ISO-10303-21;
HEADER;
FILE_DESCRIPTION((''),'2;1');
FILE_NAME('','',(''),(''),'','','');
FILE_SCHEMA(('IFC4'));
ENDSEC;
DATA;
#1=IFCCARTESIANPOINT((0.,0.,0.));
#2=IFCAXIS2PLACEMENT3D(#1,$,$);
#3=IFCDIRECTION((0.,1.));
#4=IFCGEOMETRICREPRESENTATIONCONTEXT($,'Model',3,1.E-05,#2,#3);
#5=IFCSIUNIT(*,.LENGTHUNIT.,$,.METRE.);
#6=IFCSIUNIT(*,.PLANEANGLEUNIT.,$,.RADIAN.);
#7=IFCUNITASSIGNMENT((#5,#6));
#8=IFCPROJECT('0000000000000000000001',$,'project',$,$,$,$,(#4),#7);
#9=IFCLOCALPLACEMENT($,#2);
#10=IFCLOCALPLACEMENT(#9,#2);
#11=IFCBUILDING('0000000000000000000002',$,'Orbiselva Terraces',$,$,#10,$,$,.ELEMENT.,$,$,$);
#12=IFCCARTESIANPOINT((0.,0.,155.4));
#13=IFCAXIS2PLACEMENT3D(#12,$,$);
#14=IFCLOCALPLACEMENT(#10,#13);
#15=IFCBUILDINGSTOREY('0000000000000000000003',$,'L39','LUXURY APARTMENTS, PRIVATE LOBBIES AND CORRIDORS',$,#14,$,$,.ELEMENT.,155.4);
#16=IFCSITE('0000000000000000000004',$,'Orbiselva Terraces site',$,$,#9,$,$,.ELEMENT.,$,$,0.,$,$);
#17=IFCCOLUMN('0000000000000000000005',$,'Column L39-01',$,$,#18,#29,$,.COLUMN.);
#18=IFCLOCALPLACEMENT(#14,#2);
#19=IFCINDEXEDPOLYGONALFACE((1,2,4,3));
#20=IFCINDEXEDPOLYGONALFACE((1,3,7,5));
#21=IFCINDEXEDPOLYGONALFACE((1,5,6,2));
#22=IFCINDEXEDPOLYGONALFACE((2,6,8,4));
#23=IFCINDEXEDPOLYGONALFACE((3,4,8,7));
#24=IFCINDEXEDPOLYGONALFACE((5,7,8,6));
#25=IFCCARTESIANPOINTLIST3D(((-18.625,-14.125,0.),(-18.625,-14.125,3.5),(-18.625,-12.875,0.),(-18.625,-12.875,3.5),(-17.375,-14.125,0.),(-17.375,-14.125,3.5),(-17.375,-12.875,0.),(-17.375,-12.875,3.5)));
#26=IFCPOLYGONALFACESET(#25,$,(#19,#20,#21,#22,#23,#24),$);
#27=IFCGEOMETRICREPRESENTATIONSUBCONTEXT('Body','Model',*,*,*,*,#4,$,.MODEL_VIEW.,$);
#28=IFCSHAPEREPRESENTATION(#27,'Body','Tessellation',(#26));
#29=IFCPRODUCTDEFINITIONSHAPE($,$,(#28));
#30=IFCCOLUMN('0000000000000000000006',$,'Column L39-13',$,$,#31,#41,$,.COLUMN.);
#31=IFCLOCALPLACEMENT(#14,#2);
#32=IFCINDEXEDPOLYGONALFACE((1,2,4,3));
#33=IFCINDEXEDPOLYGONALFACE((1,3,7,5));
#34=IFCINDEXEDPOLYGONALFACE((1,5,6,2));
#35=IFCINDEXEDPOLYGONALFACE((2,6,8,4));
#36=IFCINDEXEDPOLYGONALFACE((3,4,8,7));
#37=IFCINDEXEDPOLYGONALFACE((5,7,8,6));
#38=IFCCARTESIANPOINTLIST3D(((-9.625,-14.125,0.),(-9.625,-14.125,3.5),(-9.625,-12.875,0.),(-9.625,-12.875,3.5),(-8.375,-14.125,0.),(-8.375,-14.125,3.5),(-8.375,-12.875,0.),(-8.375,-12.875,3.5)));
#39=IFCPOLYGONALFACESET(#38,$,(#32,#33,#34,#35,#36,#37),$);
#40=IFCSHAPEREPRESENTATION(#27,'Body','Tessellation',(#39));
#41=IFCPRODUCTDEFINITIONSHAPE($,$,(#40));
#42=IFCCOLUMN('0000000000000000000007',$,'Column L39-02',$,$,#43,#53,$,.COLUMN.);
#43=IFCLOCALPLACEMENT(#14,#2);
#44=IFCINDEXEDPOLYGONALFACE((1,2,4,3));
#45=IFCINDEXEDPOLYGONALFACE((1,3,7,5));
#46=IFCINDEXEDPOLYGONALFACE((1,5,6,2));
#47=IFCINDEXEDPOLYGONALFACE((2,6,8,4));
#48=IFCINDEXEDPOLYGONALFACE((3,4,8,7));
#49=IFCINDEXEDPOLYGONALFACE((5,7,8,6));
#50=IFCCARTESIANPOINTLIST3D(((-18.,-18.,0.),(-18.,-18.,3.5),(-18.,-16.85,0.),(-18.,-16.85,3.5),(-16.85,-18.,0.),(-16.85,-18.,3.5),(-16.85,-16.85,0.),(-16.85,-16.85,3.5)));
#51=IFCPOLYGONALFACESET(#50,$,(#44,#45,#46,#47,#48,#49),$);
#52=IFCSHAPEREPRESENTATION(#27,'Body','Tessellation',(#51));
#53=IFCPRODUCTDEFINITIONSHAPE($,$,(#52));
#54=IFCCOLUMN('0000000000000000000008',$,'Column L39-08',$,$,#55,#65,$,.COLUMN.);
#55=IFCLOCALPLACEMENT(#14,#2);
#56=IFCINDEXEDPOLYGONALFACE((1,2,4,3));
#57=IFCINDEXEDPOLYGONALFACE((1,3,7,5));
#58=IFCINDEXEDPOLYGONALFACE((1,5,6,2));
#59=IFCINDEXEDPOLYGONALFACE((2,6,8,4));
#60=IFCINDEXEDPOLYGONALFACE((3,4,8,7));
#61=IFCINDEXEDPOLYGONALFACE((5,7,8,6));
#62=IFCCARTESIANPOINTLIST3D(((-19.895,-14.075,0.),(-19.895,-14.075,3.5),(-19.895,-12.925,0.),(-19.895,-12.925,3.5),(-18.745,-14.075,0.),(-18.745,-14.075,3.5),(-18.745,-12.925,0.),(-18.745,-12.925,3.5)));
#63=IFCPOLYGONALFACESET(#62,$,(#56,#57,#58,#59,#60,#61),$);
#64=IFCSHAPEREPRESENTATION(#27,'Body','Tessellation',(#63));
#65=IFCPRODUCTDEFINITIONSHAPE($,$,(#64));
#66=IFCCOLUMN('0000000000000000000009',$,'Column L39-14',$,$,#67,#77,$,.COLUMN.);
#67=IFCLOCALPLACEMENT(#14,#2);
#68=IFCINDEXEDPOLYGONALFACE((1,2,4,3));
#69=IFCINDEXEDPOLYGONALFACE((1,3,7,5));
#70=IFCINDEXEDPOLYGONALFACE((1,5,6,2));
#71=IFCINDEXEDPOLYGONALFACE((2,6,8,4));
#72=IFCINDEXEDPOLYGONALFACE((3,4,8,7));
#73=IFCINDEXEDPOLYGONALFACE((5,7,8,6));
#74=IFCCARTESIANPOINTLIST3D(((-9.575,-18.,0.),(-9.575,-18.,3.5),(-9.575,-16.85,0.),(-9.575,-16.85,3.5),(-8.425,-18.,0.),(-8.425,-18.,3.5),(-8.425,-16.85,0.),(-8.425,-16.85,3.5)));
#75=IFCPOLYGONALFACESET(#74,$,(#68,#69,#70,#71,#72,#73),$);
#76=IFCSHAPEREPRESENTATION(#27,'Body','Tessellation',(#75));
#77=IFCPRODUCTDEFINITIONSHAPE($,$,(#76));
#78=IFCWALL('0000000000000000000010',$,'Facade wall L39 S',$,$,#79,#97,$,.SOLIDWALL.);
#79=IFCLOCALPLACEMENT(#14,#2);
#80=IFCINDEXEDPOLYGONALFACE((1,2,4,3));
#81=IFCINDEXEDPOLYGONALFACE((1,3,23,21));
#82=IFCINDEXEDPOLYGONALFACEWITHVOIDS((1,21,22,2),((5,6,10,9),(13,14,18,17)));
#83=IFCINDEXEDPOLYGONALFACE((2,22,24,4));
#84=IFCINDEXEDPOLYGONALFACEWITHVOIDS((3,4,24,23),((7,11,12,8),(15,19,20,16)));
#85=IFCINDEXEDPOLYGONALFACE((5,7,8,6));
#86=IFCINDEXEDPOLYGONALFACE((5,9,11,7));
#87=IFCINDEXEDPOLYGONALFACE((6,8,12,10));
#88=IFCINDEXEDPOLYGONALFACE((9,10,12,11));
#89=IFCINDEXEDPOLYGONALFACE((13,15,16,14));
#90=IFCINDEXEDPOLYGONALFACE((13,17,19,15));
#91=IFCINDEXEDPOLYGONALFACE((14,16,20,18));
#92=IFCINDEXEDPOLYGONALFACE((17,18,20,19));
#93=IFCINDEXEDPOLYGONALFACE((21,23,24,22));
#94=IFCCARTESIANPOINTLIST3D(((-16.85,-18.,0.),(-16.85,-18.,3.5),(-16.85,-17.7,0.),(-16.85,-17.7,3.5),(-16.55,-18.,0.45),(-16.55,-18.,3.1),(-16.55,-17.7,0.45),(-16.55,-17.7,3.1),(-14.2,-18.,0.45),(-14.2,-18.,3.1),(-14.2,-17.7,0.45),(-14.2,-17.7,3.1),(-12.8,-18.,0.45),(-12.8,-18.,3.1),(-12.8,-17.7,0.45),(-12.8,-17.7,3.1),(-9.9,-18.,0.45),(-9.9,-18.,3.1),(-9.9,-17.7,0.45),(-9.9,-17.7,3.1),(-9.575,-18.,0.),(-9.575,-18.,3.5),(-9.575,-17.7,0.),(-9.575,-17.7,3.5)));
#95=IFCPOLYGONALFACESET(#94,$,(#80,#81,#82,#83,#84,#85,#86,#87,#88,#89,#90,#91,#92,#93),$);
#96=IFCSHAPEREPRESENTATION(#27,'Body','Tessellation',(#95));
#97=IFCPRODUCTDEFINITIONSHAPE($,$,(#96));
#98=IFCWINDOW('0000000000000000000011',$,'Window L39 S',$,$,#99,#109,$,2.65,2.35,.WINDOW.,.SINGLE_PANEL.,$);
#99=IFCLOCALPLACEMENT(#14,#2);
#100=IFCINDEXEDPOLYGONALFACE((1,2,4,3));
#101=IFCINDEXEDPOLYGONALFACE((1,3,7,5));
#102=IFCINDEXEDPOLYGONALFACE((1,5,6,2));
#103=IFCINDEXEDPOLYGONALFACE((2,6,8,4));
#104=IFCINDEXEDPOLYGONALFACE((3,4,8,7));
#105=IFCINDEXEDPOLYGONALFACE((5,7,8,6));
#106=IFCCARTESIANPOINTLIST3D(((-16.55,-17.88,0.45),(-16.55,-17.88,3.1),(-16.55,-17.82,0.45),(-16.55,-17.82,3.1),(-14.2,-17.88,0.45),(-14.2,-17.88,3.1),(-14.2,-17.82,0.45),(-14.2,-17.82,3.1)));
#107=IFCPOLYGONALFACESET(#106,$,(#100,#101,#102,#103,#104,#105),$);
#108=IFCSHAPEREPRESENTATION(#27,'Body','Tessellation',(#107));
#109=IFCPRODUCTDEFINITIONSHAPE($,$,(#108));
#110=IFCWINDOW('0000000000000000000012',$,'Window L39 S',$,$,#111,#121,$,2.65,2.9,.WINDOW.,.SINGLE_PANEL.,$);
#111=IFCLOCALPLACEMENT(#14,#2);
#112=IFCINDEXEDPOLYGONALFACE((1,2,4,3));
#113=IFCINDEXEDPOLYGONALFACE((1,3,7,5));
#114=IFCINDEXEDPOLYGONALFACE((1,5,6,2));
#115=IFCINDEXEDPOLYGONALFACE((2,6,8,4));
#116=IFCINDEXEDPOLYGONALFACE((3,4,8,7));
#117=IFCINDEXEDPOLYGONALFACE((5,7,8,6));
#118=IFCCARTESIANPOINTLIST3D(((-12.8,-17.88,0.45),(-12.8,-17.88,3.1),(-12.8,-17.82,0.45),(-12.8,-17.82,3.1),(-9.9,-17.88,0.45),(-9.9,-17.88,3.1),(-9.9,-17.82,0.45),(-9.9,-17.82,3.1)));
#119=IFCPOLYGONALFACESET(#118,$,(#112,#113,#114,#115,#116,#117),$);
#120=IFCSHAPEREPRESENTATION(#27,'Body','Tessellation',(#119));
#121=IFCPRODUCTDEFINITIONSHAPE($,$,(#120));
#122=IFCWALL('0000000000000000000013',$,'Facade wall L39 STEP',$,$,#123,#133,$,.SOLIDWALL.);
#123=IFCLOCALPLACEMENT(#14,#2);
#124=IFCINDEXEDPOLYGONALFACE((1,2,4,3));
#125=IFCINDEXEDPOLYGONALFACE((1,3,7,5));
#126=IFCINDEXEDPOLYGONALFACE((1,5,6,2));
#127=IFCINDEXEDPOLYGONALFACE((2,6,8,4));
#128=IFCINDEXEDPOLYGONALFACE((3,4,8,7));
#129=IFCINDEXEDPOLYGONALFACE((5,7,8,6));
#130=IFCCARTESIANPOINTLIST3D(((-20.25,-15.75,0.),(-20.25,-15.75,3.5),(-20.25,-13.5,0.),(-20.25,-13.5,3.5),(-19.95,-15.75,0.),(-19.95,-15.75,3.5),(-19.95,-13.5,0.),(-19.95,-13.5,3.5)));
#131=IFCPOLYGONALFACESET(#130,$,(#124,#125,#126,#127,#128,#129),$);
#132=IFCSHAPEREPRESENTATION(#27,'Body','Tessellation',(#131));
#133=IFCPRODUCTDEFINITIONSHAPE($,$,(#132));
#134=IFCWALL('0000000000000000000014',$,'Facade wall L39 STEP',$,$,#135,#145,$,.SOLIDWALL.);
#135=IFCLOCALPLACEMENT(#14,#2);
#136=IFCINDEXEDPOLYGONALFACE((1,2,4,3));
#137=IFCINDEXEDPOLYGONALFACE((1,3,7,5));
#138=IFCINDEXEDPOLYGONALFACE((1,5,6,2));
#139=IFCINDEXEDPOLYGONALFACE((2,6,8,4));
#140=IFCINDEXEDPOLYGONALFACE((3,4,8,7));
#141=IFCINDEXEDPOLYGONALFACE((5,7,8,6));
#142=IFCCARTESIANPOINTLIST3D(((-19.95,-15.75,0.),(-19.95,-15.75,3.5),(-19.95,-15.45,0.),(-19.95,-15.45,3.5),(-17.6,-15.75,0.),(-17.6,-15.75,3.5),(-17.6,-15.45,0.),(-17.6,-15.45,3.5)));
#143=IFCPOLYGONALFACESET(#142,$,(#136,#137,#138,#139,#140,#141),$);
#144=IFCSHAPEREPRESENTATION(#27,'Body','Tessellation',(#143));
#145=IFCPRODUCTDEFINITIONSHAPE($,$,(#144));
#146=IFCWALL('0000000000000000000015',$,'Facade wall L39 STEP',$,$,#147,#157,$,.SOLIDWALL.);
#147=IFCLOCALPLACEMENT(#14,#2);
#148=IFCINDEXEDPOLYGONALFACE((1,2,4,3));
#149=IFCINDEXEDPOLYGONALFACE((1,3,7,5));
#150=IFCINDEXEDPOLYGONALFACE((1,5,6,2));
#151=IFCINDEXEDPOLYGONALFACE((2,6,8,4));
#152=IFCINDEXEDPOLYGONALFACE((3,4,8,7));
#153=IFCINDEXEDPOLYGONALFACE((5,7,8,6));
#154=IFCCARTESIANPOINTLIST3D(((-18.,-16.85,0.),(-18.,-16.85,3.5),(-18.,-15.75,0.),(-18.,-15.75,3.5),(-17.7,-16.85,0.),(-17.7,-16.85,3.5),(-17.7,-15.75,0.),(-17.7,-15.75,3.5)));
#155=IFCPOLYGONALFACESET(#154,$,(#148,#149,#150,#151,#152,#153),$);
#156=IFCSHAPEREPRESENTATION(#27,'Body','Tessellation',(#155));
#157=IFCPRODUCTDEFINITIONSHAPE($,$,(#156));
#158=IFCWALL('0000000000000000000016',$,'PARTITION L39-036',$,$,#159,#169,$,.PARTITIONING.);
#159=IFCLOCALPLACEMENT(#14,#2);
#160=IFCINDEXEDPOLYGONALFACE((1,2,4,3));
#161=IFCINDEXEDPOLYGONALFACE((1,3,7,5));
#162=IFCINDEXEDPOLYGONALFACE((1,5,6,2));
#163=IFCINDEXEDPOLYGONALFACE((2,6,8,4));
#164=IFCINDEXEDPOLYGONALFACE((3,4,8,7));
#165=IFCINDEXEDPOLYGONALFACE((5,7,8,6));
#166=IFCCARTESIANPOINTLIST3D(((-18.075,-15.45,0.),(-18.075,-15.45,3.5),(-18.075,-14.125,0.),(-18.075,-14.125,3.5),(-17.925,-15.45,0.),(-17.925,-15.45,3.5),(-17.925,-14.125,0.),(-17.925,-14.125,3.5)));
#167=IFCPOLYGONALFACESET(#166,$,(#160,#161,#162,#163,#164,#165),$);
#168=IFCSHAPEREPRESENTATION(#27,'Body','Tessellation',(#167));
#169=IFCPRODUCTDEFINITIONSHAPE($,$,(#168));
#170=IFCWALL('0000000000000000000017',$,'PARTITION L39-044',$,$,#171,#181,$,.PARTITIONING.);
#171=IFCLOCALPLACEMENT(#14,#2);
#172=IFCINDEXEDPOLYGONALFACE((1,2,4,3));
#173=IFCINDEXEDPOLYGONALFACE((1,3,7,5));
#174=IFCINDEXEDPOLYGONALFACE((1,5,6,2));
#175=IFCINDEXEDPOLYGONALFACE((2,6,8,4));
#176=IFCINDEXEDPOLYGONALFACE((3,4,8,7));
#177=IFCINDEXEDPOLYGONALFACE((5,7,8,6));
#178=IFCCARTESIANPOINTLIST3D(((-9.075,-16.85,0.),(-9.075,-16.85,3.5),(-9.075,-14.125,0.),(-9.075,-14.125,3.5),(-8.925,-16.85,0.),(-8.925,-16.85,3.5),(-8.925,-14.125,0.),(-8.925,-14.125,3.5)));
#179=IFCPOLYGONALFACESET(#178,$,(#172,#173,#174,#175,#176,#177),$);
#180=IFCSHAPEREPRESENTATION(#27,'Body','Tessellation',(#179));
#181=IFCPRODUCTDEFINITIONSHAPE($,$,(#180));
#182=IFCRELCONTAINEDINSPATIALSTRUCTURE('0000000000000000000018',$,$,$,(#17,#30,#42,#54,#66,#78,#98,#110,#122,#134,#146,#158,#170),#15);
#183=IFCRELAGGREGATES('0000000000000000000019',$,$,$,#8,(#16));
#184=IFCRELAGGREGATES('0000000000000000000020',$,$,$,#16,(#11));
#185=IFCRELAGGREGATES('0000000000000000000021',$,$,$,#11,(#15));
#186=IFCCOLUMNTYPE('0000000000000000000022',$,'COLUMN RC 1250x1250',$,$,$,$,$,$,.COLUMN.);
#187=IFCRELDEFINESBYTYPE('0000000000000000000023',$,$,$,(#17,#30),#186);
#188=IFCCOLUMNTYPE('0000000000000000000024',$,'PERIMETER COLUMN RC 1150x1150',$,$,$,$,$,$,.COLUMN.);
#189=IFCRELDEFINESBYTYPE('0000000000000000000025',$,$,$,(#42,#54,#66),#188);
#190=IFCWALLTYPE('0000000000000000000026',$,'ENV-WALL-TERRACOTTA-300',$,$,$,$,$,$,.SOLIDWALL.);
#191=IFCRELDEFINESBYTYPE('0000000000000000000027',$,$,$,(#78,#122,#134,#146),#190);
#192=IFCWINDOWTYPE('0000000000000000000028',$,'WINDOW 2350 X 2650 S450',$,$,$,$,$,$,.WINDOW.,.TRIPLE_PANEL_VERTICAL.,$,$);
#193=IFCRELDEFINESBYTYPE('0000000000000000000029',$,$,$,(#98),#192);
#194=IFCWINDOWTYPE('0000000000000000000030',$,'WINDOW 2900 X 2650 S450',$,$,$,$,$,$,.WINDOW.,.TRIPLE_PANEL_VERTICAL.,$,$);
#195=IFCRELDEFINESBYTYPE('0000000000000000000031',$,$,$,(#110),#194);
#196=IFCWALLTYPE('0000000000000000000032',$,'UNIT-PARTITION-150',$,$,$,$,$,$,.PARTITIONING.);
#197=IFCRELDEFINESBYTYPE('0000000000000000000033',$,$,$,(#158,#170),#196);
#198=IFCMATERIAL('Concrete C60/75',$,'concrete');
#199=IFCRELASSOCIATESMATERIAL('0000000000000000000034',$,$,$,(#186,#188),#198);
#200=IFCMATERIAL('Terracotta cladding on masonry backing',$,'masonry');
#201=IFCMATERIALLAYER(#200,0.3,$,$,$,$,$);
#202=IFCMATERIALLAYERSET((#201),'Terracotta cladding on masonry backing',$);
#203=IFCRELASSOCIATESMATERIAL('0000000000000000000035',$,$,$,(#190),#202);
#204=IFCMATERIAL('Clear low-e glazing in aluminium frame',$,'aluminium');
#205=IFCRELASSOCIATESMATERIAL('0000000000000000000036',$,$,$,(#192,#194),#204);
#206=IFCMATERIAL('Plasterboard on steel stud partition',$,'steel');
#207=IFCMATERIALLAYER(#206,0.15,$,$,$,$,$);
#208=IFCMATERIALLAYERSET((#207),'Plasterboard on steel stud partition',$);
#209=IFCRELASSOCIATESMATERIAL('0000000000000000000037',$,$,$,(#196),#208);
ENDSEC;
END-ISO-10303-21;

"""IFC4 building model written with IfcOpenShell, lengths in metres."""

from ifc_helpers import new_model, si_unit, direction, frame, frame_2d, origin, origin_2d, place, context, subcontext, project, spatial, rectangle, extrude, material, layer, layer_set, material_profile, profile_set, type_object, element, fill, save


model = new_model("IFC4")

# Units and contexts
model_context = context("Model", 3, precision=1e-05, world=origin(), true_north=direction((0.0, 1.0)))
body_context = subcontext(model_context, "Body", "Model", "MODEL_VIEW")
ifc_project = project(units=[si_unit("LENGTHUNIT", "METRE"), si_unit("PLANEANGLEUNIT", "RADIAN")], contexts=[model_context])

# Site, building, storey
site_placement = place(None, origin())
site = spatial("IfcSite", under=ifc_project, at=site_placement, Name="Orbiselva Terraces site", CompositionType="ELEMENT", RefElevation=0.0)
building_placement = place(site_placement, origin())
building = spatial("IfcBuilding", under=site, at=building_placement, Name="Orbiselva Terraces", CompositionType="ELEMENT")
storey_placement = place(building_placement, frame((0.0, 0.0, 155.4)))
storey = spatial("IfcBuildingStorey", under=building, at=storey_placement, Name="L39", Description="LUXURY APARTMENTS, PRIVATE LOBBIES AND CORRIDORS", CompositionType="ELEMENT", Elevation=155.4)

# Columns
ifc_material_1 = material(Name="Concrete C60/75", Category="concrete")
ifc_material_profile_1 = material_profile(ifc_material_1, rectangle(XDim=1.25, YDim=1.25, at=origin_2d()), Name="RC 1250x1250")
ifc_profile_set_1 = profile_set([ifc_material_profile_1], Name="Concrete C60/75")
column_type_1 = type_object("IfcColumnType", Name="COLUMN RC 1250x1250", PredefinedType="COLUMN", material=ifc_profile_set_1)
for number, where, z_axis, x_axis, name in (
    (1, (-18.0, -13.5, 0.0), (0.0, 0.0, 1.0), (1.0, 0.0, 0.0), "Column L39-01"),
    (2, (-9.0, -13.5, 0.0), (0.0, 0.0, 1.0), (1.0, 0.0, 0.0), "Column L39-13"),
):
    element("IfcColumn", number, at=place(storey_placement, frame(where, z_axis=z_axis, x_axis=x_axis)), inside=storey, type_object=column_type_1, Name=name, PredefinedType="COLUMN", context=body_context, shape_type="SweptSolid", body=[
        extrude(rectangle(XDim=1.25, YDim=1.25, at=origin_2d()), origin(), (0.0, 0.0, 1.0), 3.5),
    ])
ifc_material_profile_2 = material_profile(ifc_material_1, rectangle(XDim=1.15, YDim=1.15, at=origin_2d()), Name="RC 1150x1150")
ifc_profile_set_2 = profile_set([ifc_material_profile_2], Name="Concrete C60/75")
column_type_2 = type_object("IfcColumnType", Name="PERIMETER COLUMN RC 1150x1150", PredefinedType="COLUMN", material=ifc_profile_set_2)
for number, where, z_axis, x_axis, name in (
    (3, (-17.425, -17.425, 0.0), (0.0, 0.0, 1.0), (1.0, 0.0, 0.0), "Column L39-02"),
    (4, (-19.32, -13.5, 0.0), (0.0, 0.0, 1.0), (1.0, 0.0, 0.0), "Column L39-08"),
    (5, (-9.0, -17.425, 0.0), (0.0, 0.0, 1.0), (1.0, 0.0, 0.0), "Column L39-14"),
):
    element("IfcColumn", number, at=place(storey_placement, frame(where, z_axis=z_axis, x_axis=x_axis)), inside=storey, type_object=column_type_2, Name=name, PredefinedType="COLUMN", context=body_context, shape_type="SweptSolid", body=[
        extrude(rectangle(XDim=1.15, YDim=1.15, at=origin_2d()), origin(), (0.0, 0.0, 1.0), 3.5),
    ])

# Wall, openings, windows
ifc_material_2 = material(Name="Terracotta cladding on masonry backing", Category="masonry")
ifc_layer_1 = layer(ifc_material_2, 0.3)
ifc_layer_set_1 = layer_set([ifc_layer_1], Name="Terracotta cladding on masonry backing")
wall_type_1 = type_object("IfcWallType", Name="ENV-WALL-TERRACOTTA-300", PredefinedType="SOLIDWALL", material=ifc_layer_set_1)
wall_1_placement = place(storey_placement, frame((-9.575, -17.85, 0.0), z_axis=(0.0, 0.0, 1.0), x_axis=(-1.0, 0.0, 0.0)))
wall_1 = element("IfcWall", 6, at=wall_1_placement, inside=storey, type_object=wall_type_1, Name="Facade wall L39 S", PredefinedType="SOLIDWALL", context=body_context, shape_type="SweptSolid", body=[
    extrude(rectangle(XDim=7.275, YDim=0.3, at=frame_2d((3.6375, 0.0))), origin(), (0.0, 0.0, 1.0), 3.5),
])
opening_1_placement = place(wall_1_placement, frame((4.625, 0.0, 0.45)))
opening_1 = element("IfcOpeningElement", 7, at=opening_1_placement, cuts=wall_1, PredefinedType="OPENING", context=body_context, shape_type="SweptSolid", body=[
    extrude(rectangle(XDim=2.35, YDim=2.65, at=frame_2d((1.175, 1.325))), frame((0.0, 0.16, 0.0), z_axis=(0.0, -1.0, 0.0), x_axis=(1.0, 0.0, 0.0)), (0.0, 0.0, 1.0), 0.32),
])
opening_2_placement = place(wall_1_placement, frame((0.325, 0.0, 0.45)))
opening_2 = element("IfcOpeningElement", 8, at=opening_2_placement, cuts=wall_1, PredefinedType="OPENING", context=body_context, shape_type="SweptSolid", body=[
    extrude(rectangle(XDim=2.9, YDim=2.65, at=frame_2d((1.45, 1.325))), frame((0.0, 0.16, 0.0), z_axis=(0.0, -1.0, 0.0), x_axis=(1.0, 0.0, 0.0)), (0.0, 0.0, 1.0), 0.32),
])
ifc_material_3 = material(Name="Clear low-e glazing in aluminium frame", Category="aluminium")
window_type_1 = type_object("IfcWindowType", Name="WINDOW 2350 X 2650 S450", PartitioningType="TRIPLE_PANEL_VERTICAL", PredefinedType="WINDOW", material=ifc_material_3)
window_1_placement = place(opening_1_placement, origin())
window_1 = element("IfcWindow", 9, at=window_1_placement, inside=storey, type_object=window_type_1, Name="Window L39 S", OverallHeight=2.65, OverallWidth=2.35, PartitioningType="SINGLE_PANEL", PredefinedType="WINDOW", context=body_context, shape_type="SweptSolid", body=[
    extrude(rectangle(XDim=2.35, YDim=2.65, at=frame_2d((1.175, 1.325))), frame((0.0, 0.03, 0.0), z_axis=(0.0, -1.0, 0.0), x_axis=(1.0, 0.0, 0.0)), (0.0, 0.0, 1.0), 0.06),
])
fill(opening_1, window_1)
window_type_2 = type_object("IfcWindowType", Name="WINDOW 2900 X 2650 S450", PartitioningType="TRIPLE_PANEL_VERTICAL", PredefinedType="WINDOW", material=ifc_material_3)
window_2_placement = place(opening_2_placement, origin())
window_2 = element("IfcWindow", 10, at=window_2_placement, inside=storey, type_object=window_type_2, Name="Window L39 S", OverallHeight=2.65, OverallWidth=2.9, PartitioningType="SINGLE_PANEL", PredefinedType="WINDOW", context=body_context, shape_type="SweptSolid", body=[
    extrude(rectangle(XDim=2.9, YDim=2.65, at=frame_2d((1.45, 1.325))), frame((0.0, 0.03, 0.0), z_axis=(0.0, -1.0, 0.0), x_axis=(1.0, 0.0, 0.0)), (0.0, 0.0, 1.0), 0.06),
])
fill(opening_2, window_2)

# Walls
wall_2_placement = place(storey_placement, frame((-20.1, -15.75, 0.0), z_axis=(0.0, 0.0, 1.0), x_axis=(0.0, 1.0, 0.0)))
element("IfcWall", 11, at=wall_2_placement, inside=storey, type_object=wall_type_1, Name="Facade wall L39 STEP", PredefinedType="SOLIDWALL", context=body_context, shape_type="SweptSolid", body=[
    extrude(rectangle(XDim=2.25, YDim=0.3, at=frame_2d((1.125, 0.0))), origin(), (0.0, 0.0, 1.0), 3.5),
])
wall_3_placement = place(storey_placement, frame((-17.6, -15.6, 0.0), z_axis=(0.0, 0.0, 1.0), x_axis=(-1.0, 0.0, 0.0)))
element("IfcWall", 12, at=wall_3_placement, inside=storey, type_object=wall_type_1, Name="Facade wall L39 STEP", PredefinedType="SOLIDWALL", context=body_context, shape_type="SweptSolid", body=[
    extrude(rectangle(XDim=2.35, YDim=0.3, at=frame_2d((1.175, 0.0))), origin(), (0.0, 0.0, 1.0), 3.5),
])
wall_4_placement = place(storey_placement, frame((-17.85, -16.85, 0.0), z_axis=(0.0, 0.0, 1.0), x_axis=(0.0, 1.0, 0.0)))
element("IfcWall", 13, at=wall_4_placement, inside=storey, type_object=wall_type_1, Name="Facade wall L39 STEP", PredefinedType="SOLIDWALL", context=body_context, shape_type="SweptSolid", body=[
    extrude(rectangle(XDim=1.1, YDim=0.3, at=frame_2d((0.55, 0.0))), origin(), (0.0, 0.0, 1.0), 3.5),
])
ifc_material_4 = material(Name="Plasterboard on steel stud partition", Category="steel")
ifc_layer_2 = layer(ifc_material_4, 0.15)
ifc_layer_set_2 = layer_set([ifc_layer_2], Name="Plasterboard on steel stud partition")
wall_type_2 = type_object("IfcWallType", Name="UNIT-PARTITION-150", PredefinedType="PARTITIONING", material=ifc_layer_set_2)
wall_5_placement = place(storey_placement, frame((-18.0, -15.45, 0.0), z_axis=(0.0, 0.0, 1.0), x_axis=(0.0, 1.0, 0.0)))
element("IfcWall", 14, at=wall_5_placement, inside=storey, type_object=wall_type_2, Name="PARTITION L39-036", PredefinedType="PARTITIONING", context=body_context, shape_type="SweptSolid", body=[
    extrude(rectangle(XDim=1.325, YDim=0.15, at=frame_2d((0.6625, 0.0))), origin(), (0.0, 0.0, 1.0), 3.5),
])
wall_6_placement = place(storey_placement, frame((-9.0, -16.85, 0.0), z_axis=(0.0, 0.0, 1.0), x_axis=(0.0, 1.0, 0.0)))
element("IfcWall", 15, at=wall_6_placement, inside=storey, type_object=wall_type_2, Name="PARTITION L39-044", PredefinedType="PARTITIONING", context=body_context, shape_type="SweptSolid", body=[
    extrude(rectangle(XDim=2.725, YDim=0.15, at=frame_2d((1.3625, 0.0))), origin(), (0.0, 0.0, 1.0), 3.5),
])

save(model, "model.ifc")
